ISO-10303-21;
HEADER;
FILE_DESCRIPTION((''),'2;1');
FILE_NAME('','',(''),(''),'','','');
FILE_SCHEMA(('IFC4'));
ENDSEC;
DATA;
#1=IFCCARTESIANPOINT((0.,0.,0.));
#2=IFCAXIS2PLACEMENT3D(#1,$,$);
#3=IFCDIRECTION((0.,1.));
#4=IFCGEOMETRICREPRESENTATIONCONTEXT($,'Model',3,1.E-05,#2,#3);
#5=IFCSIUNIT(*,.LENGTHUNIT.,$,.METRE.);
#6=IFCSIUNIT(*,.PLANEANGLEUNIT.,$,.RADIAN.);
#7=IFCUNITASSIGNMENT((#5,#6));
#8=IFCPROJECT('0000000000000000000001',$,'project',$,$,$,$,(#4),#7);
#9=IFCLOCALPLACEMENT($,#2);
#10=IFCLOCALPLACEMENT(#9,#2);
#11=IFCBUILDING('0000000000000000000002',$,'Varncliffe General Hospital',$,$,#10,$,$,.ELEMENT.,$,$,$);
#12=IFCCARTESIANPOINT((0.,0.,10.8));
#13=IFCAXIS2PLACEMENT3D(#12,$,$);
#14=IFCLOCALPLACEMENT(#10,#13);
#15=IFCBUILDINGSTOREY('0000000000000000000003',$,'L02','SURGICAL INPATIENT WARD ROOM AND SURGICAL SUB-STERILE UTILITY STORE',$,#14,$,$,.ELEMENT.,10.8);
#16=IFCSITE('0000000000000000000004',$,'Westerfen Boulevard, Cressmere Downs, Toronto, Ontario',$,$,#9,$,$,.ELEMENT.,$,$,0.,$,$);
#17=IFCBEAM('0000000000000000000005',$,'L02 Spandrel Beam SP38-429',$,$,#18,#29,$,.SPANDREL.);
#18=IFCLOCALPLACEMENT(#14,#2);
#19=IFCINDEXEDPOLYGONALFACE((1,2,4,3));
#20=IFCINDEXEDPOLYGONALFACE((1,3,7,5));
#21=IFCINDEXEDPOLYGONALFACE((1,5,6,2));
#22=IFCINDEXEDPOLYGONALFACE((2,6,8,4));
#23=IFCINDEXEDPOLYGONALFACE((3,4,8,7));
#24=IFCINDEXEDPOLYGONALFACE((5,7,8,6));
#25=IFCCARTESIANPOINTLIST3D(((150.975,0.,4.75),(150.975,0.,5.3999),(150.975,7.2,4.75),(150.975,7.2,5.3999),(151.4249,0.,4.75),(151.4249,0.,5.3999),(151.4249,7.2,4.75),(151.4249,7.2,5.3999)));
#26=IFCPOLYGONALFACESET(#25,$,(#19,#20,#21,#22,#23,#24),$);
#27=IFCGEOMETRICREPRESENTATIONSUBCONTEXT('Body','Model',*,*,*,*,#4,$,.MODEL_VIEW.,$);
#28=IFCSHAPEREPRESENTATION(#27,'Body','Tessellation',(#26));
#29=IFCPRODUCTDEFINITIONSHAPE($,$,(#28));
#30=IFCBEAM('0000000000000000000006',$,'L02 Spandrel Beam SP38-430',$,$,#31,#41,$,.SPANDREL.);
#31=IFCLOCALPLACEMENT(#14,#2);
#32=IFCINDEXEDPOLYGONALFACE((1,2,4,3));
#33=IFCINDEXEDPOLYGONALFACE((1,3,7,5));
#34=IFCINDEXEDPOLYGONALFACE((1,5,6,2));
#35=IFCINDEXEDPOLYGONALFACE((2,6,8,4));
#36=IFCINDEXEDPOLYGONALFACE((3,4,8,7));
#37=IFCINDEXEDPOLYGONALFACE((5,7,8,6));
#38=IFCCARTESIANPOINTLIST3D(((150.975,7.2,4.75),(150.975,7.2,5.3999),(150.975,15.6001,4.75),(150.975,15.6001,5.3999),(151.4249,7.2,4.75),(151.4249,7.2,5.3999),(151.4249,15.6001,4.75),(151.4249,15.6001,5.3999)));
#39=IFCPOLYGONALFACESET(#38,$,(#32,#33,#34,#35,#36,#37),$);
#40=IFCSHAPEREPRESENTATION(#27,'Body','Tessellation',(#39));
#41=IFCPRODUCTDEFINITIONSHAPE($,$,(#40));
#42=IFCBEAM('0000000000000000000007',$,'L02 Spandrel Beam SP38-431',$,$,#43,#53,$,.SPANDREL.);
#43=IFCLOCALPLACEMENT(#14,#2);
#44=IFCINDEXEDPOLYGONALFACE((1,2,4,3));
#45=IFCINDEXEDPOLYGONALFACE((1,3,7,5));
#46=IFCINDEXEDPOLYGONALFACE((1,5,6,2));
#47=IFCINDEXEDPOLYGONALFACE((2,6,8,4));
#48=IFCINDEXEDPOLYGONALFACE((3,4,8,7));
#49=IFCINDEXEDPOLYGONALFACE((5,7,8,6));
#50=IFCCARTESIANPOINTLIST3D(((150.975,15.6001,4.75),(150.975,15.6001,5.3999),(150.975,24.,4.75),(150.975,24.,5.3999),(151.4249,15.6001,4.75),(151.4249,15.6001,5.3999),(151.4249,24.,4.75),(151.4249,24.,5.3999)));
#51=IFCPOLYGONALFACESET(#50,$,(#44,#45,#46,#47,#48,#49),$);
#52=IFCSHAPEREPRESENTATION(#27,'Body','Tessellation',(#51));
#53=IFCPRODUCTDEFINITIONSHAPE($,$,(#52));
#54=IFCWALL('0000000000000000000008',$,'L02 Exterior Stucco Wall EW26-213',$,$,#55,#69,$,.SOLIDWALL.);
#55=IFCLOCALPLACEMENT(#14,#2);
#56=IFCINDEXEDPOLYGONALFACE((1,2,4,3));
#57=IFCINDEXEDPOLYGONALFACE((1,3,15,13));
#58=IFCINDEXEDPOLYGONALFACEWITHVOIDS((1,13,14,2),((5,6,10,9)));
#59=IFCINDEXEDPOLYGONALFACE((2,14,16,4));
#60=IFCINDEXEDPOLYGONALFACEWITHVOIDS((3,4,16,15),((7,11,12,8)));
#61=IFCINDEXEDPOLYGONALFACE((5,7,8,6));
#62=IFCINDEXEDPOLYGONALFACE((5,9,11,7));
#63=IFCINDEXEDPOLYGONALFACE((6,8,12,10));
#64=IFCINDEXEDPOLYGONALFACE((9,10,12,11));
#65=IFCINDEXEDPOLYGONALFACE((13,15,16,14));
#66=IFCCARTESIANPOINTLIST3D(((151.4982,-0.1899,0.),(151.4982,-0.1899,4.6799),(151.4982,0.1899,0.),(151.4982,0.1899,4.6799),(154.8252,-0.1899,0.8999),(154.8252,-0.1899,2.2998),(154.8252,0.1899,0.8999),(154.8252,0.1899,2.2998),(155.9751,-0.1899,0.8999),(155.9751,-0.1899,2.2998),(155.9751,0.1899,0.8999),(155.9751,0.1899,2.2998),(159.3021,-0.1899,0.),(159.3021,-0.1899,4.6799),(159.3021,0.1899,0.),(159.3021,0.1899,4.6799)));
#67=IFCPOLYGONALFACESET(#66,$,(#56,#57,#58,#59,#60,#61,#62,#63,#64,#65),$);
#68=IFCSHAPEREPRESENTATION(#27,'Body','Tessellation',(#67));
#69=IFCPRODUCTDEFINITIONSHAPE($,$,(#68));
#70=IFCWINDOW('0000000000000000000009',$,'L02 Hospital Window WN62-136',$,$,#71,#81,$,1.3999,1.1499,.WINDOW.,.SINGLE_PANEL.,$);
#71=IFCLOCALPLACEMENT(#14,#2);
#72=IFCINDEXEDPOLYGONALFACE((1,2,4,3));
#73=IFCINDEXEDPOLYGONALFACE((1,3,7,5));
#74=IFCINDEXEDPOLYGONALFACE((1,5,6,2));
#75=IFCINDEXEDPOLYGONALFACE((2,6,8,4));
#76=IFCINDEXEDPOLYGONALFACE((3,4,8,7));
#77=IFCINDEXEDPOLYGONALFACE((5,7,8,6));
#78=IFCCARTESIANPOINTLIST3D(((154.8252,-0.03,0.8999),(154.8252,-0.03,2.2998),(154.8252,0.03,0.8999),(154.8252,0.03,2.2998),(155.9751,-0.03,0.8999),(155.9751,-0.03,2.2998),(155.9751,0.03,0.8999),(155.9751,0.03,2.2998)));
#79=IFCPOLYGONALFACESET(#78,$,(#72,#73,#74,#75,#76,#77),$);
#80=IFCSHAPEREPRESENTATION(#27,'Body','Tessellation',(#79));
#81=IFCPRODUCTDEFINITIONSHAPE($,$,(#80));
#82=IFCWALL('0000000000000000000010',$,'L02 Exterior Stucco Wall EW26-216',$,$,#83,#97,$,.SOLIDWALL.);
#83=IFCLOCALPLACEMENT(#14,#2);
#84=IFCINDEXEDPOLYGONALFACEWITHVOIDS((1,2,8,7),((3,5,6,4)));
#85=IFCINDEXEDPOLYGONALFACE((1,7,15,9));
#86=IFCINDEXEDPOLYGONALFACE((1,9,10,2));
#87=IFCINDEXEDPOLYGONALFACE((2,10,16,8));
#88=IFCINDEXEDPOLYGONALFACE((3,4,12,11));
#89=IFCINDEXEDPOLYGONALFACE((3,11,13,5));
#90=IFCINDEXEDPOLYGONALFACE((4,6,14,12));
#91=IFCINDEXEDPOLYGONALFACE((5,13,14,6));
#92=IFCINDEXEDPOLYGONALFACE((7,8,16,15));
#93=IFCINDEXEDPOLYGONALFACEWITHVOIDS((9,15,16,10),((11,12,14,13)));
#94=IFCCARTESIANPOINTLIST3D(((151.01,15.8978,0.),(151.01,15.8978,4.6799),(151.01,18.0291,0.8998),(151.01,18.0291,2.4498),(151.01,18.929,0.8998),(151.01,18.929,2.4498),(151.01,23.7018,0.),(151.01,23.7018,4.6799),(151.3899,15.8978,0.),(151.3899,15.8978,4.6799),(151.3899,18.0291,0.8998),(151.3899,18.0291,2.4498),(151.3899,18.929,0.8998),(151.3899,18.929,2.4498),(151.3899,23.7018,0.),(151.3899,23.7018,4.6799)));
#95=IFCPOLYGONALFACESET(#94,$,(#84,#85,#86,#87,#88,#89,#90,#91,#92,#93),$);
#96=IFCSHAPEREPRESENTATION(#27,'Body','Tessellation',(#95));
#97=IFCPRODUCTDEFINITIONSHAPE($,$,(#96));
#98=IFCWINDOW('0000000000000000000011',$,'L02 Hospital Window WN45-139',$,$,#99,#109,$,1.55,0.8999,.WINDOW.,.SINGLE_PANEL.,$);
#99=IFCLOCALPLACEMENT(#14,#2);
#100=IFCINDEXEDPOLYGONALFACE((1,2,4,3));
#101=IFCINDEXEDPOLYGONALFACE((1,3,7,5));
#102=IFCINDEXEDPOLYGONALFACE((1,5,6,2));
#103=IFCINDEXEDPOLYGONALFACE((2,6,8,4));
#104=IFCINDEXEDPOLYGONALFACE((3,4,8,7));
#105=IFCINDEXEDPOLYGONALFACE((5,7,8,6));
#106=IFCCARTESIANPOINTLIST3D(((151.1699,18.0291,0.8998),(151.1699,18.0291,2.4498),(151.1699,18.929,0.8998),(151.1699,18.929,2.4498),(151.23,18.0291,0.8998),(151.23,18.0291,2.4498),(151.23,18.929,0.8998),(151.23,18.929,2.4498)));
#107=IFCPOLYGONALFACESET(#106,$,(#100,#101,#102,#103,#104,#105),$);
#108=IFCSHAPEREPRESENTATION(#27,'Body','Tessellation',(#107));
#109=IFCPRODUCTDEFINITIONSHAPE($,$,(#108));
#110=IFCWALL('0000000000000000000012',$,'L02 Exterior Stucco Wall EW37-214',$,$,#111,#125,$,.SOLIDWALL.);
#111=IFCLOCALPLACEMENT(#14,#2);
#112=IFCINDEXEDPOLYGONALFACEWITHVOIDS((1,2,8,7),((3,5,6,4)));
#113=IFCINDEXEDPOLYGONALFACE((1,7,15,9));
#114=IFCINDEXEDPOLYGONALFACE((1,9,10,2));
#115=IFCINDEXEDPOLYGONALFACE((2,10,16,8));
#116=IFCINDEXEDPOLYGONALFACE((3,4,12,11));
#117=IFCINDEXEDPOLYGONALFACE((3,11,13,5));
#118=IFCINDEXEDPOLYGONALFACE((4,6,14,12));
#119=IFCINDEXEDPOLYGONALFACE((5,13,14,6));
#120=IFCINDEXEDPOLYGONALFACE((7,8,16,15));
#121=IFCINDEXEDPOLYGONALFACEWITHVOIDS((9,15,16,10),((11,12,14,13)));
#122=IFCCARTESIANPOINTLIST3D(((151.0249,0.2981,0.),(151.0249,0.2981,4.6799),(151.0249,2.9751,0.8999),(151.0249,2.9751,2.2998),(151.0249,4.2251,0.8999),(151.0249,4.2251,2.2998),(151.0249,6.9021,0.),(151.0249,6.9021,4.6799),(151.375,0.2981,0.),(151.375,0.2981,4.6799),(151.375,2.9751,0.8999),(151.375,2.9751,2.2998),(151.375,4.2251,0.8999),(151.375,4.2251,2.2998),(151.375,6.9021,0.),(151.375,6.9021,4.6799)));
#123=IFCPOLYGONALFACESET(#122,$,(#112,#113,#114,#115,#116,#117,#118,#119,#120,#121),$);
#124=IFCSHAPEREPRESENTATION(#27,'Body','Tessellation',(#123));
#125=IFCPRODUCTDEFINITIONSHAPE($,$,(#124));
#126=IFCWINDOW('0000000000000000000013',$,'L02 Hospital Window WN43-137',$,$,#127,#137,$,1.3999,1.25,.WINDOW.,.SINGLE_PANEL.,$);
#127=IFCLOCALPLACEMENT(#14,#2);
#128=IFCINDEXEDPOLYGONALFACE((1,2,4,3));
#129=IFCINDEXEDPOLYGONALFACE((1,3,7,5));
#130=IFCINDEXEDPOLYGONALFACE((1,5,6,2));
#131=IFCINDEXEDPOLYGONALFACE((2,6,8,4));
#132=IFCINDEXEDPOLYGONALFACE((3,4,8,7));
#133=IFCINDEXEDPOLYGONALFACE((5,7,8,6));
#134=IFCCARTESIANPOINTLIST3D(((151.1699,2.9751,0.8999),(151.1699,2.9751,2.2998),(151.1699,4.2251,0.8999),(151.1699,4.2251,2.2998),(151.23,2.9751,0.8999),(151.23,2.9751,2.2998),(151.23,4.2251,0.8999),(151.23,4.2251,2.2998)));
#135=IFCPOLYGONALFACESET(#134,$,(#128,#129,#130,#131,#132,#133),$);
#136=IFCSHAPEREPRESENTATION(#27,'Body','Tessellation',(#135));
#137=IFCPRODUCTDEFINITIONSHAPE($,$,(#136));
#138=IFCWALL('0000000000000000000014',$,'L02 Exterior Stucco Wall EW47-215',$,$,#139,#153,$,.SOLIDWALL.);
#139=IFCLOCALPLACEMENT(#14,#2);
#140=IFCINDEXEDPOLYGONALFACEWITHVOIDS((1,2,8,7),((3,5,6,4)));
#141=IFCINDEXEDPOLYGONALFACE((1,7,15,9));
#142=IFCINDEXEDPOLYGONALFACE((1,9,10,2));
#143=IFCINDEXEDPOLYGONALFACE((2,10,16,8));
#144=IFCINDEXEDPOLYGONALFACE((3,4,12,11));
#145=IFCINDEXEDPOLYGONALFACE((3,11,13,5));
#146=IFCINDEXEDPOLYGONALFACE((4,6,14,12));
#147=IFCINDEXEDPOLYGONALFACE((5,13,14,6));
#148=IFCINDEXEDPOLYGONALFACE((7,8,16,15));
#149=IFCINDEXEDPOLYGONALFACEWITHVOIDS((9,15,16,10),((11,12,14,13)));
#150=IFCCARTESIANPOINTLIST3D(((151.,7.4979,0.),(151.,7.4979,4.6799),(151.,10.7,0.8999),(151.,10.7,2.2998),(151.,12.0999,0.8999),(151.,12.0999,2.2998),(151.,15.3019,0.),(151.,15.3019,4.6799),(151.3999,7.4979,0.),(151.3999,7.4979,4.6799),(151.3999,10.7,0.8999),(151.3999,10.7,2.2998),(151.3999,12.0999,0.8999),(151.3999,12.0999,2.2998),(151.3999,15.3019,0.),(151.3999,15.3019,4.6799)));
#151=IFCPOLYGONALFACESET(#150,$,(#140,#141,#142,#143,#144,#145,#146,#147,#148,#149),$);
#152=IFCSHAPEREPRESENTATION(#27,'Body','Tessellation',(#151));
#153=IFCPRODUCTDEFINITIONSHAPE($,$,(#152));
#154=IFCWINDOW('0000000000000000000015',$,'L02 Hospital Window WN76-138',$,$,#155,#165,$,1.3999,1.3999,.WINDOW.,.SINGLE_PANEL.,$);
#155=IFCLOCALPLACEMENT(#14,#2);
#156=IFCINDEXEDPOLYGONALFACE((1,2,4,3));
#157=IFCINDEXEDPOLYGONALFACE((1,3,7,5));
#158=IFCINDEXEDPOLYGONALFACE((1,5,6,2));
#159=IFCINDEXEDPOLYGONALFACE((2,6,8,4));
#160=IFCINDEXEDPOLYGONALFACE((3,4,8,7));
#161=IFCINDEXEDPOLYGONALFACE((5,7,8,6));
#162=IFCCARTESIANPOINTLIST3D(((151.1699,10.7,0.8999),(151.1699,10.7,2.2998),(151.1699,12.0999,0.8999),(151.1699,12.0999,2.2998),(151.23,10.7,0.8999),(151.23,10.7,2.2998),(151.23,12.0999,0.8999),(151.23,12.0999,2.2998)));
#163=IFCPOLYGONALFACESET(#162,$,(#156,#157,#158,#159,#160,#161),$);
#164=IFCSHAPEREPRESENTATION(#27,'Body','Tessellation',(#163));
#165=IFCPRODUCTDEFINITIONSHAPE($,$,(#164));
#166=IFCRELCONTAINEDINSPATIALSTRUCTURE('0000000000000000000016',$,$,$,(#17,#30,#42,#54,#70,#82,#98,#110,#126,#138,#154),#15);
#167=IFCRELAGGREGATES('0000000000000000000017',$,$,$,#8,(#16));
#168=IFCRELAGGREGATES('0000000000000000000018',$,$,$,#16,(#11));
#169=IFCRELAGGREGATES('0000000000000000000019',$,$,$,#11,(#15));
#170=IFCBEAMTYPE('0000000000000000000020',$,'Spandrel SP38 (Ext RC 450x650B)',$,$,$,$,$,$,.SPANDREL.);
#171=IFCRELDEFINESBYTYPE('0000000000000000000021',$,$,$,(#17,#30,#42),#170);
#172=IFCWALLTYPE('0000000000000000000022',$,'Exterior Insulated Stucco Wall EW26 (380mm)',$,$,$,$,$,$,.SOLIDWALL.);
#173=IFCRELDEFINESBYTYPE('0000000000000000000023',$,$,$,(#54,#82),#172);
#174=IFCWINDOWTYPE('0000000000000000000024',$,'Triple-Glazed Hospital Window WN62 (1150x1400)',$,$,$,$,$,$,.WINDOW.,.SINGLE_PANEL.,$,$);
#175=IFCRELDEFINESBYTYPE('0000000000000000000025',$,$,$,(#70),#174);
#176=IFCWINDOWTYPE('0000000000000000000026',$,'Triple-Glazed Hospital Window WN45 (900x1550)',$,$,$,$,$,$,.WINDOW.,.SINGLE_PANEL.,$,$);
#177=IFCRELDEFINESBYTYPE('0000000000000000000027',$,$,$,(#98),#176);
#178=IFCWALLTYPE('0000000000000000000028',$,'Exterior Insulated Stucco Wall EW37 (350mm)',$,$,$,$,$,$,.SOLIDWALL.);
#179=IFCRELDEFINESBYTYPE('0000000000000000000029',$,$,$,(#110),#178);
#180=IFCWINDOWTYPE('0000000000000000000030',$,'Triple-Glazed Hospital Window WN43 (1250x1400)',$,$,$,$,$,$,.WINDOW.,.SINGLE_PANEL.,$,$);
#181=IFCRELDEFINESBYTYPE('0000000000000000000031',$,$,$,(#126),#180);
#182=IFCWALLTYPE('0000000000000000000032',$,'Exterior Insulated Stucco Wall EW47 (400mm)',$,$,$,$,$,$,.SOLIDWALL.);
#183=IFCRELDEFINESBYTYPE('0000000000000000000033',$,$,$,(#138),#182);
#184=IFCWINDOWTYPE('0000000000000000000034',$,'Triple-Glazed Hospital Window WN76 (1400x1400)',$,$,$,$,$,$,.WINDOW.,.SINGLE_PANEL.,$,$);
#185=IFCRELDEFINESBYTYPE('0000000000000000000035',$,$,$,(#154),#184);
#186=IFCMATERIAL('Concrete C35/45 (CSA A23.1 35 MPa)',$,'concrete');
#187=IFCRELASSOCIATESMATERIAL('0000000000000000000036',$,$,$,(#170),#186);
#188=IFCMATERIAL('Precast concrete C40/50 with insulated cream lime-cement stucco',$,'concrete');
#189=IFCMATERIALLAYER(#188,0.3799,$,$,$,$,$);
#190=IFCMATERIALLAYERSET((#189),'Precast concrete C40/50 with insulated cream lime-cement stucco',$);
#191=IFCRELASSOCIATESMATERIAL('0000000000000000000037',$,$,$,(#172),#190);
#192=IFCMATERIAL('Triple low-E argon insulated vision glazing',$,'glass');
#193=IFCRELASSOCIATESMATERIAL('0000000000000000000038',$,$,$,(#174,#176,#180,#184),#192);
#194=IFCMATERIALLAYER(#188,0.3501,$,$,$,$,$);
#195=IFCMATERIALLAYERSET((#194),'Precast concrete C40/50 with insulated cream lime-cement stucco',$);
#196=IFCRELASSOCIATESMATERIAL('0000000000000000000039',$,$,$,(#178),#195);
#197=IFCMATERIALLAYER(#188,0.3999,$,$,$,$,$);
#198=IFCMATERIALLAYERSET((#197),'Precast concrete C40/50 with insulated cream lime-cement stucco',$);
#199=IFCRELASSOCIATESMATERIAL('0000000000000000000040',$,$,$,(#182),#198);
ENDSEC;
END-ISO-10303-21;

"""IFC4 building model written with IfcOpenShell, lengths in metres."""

from ifc_helpers import new_model, si_unit, direction, frame, frame_2d, origin, origin_2d, place, context, subcontext, project, spatial, rectangle, extrude, material, layer, layer_set, material_profile, profile_set, type_object, element, fill, save


model = new_model("IFC4")

# Units and contexts
model_context = context("Model", 3, precision=1e-05, world=origin(), true_north=direction((0.0, 1.0)))
body_context = subcontext(model_context, "Body", "Model", "MODEL_VIEW")
ifc_project = project(units=[si_unit("LENGTHUNIT", "METRE"), si_unit("PLANEANGLEUNIT", "RADIAN")], contexts=[model_context])

# Site, building, storey
site_placement = place(None, origin())
site = spatial("IfcSite", under=ifc_project, at=site_placement, Name="Westerfen Boulevard, Cressmere Downs, Toronto, Ontario", CompositionType="ELEMENT", RefElevation=0.0)
building_placement = place(site_placement, origin())
building = spatial("IfcBuilding", under=site, at=building_placement, Name="Varncliffe General Hospital", CompositionType="ELEMENT")
storey_placement = place(building_placement, frame((0.0, 0.0, 10.8)))
storey = spatial("IfcBuildingStorey", under=building, at=storey_placement, Name="L02", Description="SURGICAL INPATIENT WARD ROOM AND SURGICAL SUB-STERILE UTILITY STORE", CompositionType="ELEMENT", Elevation=10.8)

# Beams
ifc_material_1 = material(Name="Concrete C35/45 (CSA A23.1 35 MPa)", Category="concrete")
ifc_material_profile_1 = material_profile(ifc_material_1, rectangle(XDim=0.45, YDim=0.6499, at=origin_2d()), Name="RC 450x650")
ifc_profile_set_1 = profile_set([ifc_material_profile_1], Name="Concrete C35/45 (CSA A23.1 35 MPa)")
beam_type_1 = type_object("IfcBeamType", Name="Spandrel SP38 (Ext RC 450x650B)", PredefinedType="SPANDREL", material=ifc_profile_set_1)
beam_1_placement = place(storey_placement, frame((151.2, 0.0, 5.075), z_axis=(0.0, 1.0, 0.0), x_axis=(-1.0, 0.0, 0.0)))
element("IfcBeam", 1, at=beam_1_placement, inside=storey, type_object=beam_type_1, Name="L02 Spandrel Beam SP38-429", PredefinedType="SPANDREL", context=body_context, shape_type="SweptSolid", body=[
    extrude(rectangle(XDim=0.45, YDim=0.6499, at=origin_2d()), origin(), (0.0, 0.0, 1.0), 7.2),
])
beam_2_placement = place(storey_placement, frame((151.2, 7.2, 5.075), z_axis=(0.0, 1.0, 0.0), x_axis=(-1.0, 0.0, 0.0)))
element("IfcBeam", 2, at=beam_2_placement, inside=storey, type_object=beam_type_1, Name="L02 Spandrel Beam SP38-430", PredefinedType="SPANDREL", context=body_context, shape_type="SweptSolid", body=[
    extrude(rectangle(XDim=0.45, YDim=0.6499, at=origin_2d()), origin(), (0.0, 0.0, 1.0), 8.4001),
])
beam_3_placement = place(storey_placement, frame((151.2, 15.6001, 5.075), z_axis=(0.0, 1.0, 0.0), x_axis=(-1.0, 0.0, 0.0)))
element("IfcBeam", 3, at=beam_3_placement, inside=storey, type_object=beam_type_1, Name="L02 Spandrel Beam SP38-431", PredefinedType="SPANDREL", context=body_context, shape_type="SweptSolid", body=[
    extrude(rectangle(XDim=0.45, YDim=0.6499, at=origin_2d()), origin(), (0.0, 0.0, 1.0), 8.3999),
])

# Walls, openings, windows
ifc_material_2 = material(Name="Precast concrete C40/50 with insulated cream lime-cement stucco", Category="concrete")
ifc_layer_1 = layer(ifc_material_2, 0.3799)
ifc_layer_set_1 = layer_set([ifc_layer_1], Name="Precast concrete C40/50 with insulated cream lime-cement stucco")
wall_type_1 = type_object("IfcWallType", Name="Exterior Insulated Stucco Wall EW26 (380mm)", PredefinedType="SOLIDWALL", material=ifc_layer_set_1)
wall_1_placement = place(storey_placement, frame((159.302, 0.0, 0.0), z_axis=(0.0, 0.0, 1.0), x_axis=(-1.0, 0.0, 0.0)))
wall_1 = element("IfcWall", 4, at=wall_1_placement, inside=storey, type_object=wall_type_1, Name="L02 Exterior Stucco Wall EW26-213", PredefinedType="SOLIDWALL", context=body_context, shape_type="SweptSolid", body=[
    extrude(rectangle(XDim=7.804, YDim=0.3799, at=frame_2d((3.9019, 0.0))), origin(), (0.0, 0.0, 1.0), 4.6799),
])
opening_1_placement = place(wall_1_placement, frame((3.3269, 0.0, 0.8999)))
opening_1 = element("IfcOpeningElement", 5, at=opening_1_placement, cuts=wall_1, PredefinedType="OPENING", context=body_context, shape_type="SweptSolid", body=[
    extrude(rectangle(XDim=1.1499, YDim=1.3999, at=frame_2d((0.575, 0.7))), frame((0.0, 0.2, 0.0), z_axis=(0.0, -1.0, 0.0), x_axis=(1.0, 0.0, 0.0)), (0.0, 0.0, 1.0), 0.3999),
])
ifc_material_3 = material(Name="Triple low-E argon insulated vision glazing", Category="glass")
window_type_1 = type_object("IfcWindowType", Name="Triple-Glazed Hospital Window WN62 (1150x1400)", PartitioningType="SINGLE_PANEL", PredefinedType="WINDOW", material=ifc_material_3)
window_1_placement = place(opening_1_placement, origin())
window_1 = element("IfcWindow", 6, at=window_1_placement, inside=storey, type_object=window_type_1, Name="L02 Hospital Window WN62-136", OverallHeight=1.3999, OverallWidth=1.1499, PartitioningType="SINGLE_PANEL", PredefinedType="WINDOW", context=body_context, shape_type="SweptSolid", body=[
    extrude(rectangle(XDim=1.1499, YDim=1.3999, at=frame_2d((0.575, 0.7))), frame((0.0, 0.03, 0.0), z_axis=(0.0, -1.0, 0.0), x_axis=(1.0, 0.0, 0.0)), (0.0, 0.0, 1.0), 0.0601),
])
fill(opening_1, window_1)
wall_2_placement = place(storey_placement, frame((151.2, 15.8979, 0.0), z_axis=(0.0, 0.0, 1.0), x_axis=(0.0, 1.0, 0.0)))
wall_2 = element("IfcWall", 7, at=wall_2_placement, inside=storey, type_object=wall_type_1, Name="L02 Exterior Stucco Wall EW26-216", PredefinedType="SOLIDWALL", context=body_context, shape_type="SweptSolid", body=[
    extrude(rectangle(XDim=7.804, YDim=0.3799, at=frame_2d((3.9019, 0.0))), origin(), (0.0, 0.0, 1.0), 4.6799),
])
opening_2_placement = place(wall_2_placement, frame((2.1311, 0.0, 0.8999)))
opening_2 = element("IfcOpeningElement", 8, at=opening_2_placement, cuts=wall_2, PredefinedType="OPENING", context=body_context, shape_type="SweptSolid", body=[
    extrude(rectangle(XDim=0.8999, YDim=1.55, at=frame_2d((0.45, 0.7749))), frame((0.0, 0.2, 0.0), z_axis=(0.0, -1.0, 0.0), x_axis=(1.0, 0.0, 0.0)), (0.0, 0.0, 1.0), 0.3999),
])
window_type_2 = type_object("IfcWindowType", Name="Triple-Glazed Hospital Window WN45 (900x1550)", PartitioningType="SINGLE_PANEL", PredefinedType="WINDOW", material=ifc_material_3)
window_2_placement = place(opening_2_placement, origin())
window_2 = element("IfcWindow", 9, at=window_2_placement, inside=storey, type_object=window_type_2, Name="L02 Hospital Window WN45-139", OverallHeight=1.55, OverallWidth=0.8999, PartitioningType="SINGLE_PANEL", PredefinedType="WINDOW", context=body_context, shape_type="SweptSolid", body=[
    extrude(rectangle(XDim=0.8999, YDim=1.55, at=frame_2d((0.45, 0.7749))), frame((0.0, 0.03, 0.0), z_axis=(0.0, -1.0, 0.0), x_axis=(1.0, 0.0, 0.0)), (0.0, 0.0, 1.0), 0.0601),
])
fill(opening_2, window_2)
ifc_layer_2 = layer(ifc_material_2, 0.3501)
ifc_layer_set_2 = layer_set([ifc_layer_2], Name="Precast concrete C40/50 with insulated cream lime-cement stucco")
wall_type_2 = type_object("IfcWallType", Name="Exterior Insulated Stucco Wall EW37 (350mm)", PredefinedType="SOLIDWALL", material=ifc_layer_set_2)
wall_3_placement = place(storey_placement, frame((151.2, 0.2981, 0.0), z_axis=(0.0, 0.0, 1.0), x_axis=(0.0, 1.0, 0.0)))
wall_3 = element("IfcWall", 10, at=wall_3_placement, inside=storey, type_object=wall_type_2, Name="L02 Exterior Stucco Wall EW37-214", PredefinedType="SOLIDWALL", context=body_context, shape_type="SweptSolid", body=[
    extrude(rectangle(XDim=6.604, YDim=0.3501, at=frame_2d((3.302, 0.0))), origin(), (0.0, 0.0, 1.0), 4.6799),
])
opening_3_placement = place(wall_3_placement, frame((2.677, 0.0, 0.8999)))
opening_3 = element("IfcOpeningElement", 11, at=opening_3_placement, cuts=wall_3, PredefinedType="OPENING", context=body_context, shape_type="SweptSolid", body=[
    extrude(rectangle(XDim=1.25, YDim=1.3999, at=frame_2d((0.625, 0.7))), frame((0.0, 0.1851, 0.0), z_axis=(0.0, -1.0, 0.0), x_axis=(1.0, 0.0, 0.0)), (0.0, 0.0, 1.0), 0.3701),
])
window_type_3 = type_object("IfcWindowType", Name="Triple-Glazed Hospital Window WN43 (1250x1400)", PartitioningType="SINGLE_PANEL", PredefinedType="WINDOW", material=ifc_material_3)
window_3_placement = place(opening_3_placement, origin())
window_3 = element("IfcWindow", 12, at=window_3_placement, inside=storey, type_object=window_type_3, Name="L02 Hospital Window WN43-137", OverallHeight=1.3999, OverallWidth=1.25, PartitioningType="SINGLE_PANEL", PredefinedType="WINDOW", context=body_context, shape_type="SweptSolid", body=[
    extrude(rectangle(XDim=1.25, YDim=1.3999, at=frame_2d((0.625, 0.7))), frame((0.0, 0.03, 0.0), z_axis=(0.0, -1.0, 0.0), x_axis=(1.0, 0.0, 0.0)), (0.0, 0.0, 1.0), 0.0601),
])
fill(opening_3, window_3)
ifc_layer_3 = layer(ifc_material_2, 0.3999)
ifc_layer_set_3 = layer_set([ifc_layer_3], Name="Precast concrete C40/50 with insulated cream lime-cement stucco")
wall_type_3 = type_object("IfcWallType", Name="Exterior Insulated Stucco Wall EW47 (400mm)", PredefinedType="SOLIDWALL", material=ifc_layer_set_3)
wall_4_placement = place(storey_placement, frame((151.2, 7.498, 0.0), z_axis=(0.0, 0.0, 1.0), x_axis=(0.0, 1.0, 0.0)))
wall_4 = element("IfcWall", 13, at=wall_4_placement, inside=storey, type_object=wall_type_3, Name="L02 Exterior Stucco Wall EW47-215", PredefinedType="SOLIDWALL", context=body_context, shape_type="SweptSolid", body=[
    extrude(rectangle(XDim=7.804, YDim=0.3999, at=frame_2d((3.9019, 0.0))), origin(), (0.0, 0.0, 1.0), 4.6799),
])
opening_4_placement = place(wall_4_placement, frame((3.2019, 0.0, 0.8999)))
opening_4 = element("IfcOpeningElement", 14, at=opening_4_placement, cuts=wall_4, PredefinedType="OPENING", context=body_context, shape_type="SweptSolid", body=[
    extrude(rectangle(XDim=1.3999, YDim=1.3999, at=frame_2d((0.7, 0.7))), frame((0.0, 0.21, 0.0), z_axis=(0.0, -1.0, 0.0), x_axis=(1.0, 0.0, 0.0)), (0.0, 0.0, 1.0), 0.4199),
])
window_type_4 = type_object("IfcWindowType", Name="Triple-Glazed Hospital Window WN76 (1400x1400)", PartitioningType="SINGLE_PANEL", PredefinedType="WINDOW", material=ifc_material_3)
window_4_placement = place(opening_4_placement, origin())
window_4 = element("IfcWindow", 15, at=window_4_placement, inside=storey, type_object=window_type_4, Name="L02 Hospital Window WN76-138", OverallHeight=1.3999, OverallWidth=1.3999, PartitioningType="SINGLE_PANEL", PredefinedType="WINDOW", context=body_context, shape_type="SweptSolid", body=[
    extrude(rectangle(XDim=1.3999, YDim=1.3999, at=frame_2d((0.7, 0.7))), frame((0.0, 0.03, 0.0), z_axis=(0.0, -1.0, 0.0), x_axis=(1.0, 0.0, 0.0)), (0.0, 0.0, 1.0), 0.0601),
])
fill(opening_4, window_4)

save(model, "model.ifc")
